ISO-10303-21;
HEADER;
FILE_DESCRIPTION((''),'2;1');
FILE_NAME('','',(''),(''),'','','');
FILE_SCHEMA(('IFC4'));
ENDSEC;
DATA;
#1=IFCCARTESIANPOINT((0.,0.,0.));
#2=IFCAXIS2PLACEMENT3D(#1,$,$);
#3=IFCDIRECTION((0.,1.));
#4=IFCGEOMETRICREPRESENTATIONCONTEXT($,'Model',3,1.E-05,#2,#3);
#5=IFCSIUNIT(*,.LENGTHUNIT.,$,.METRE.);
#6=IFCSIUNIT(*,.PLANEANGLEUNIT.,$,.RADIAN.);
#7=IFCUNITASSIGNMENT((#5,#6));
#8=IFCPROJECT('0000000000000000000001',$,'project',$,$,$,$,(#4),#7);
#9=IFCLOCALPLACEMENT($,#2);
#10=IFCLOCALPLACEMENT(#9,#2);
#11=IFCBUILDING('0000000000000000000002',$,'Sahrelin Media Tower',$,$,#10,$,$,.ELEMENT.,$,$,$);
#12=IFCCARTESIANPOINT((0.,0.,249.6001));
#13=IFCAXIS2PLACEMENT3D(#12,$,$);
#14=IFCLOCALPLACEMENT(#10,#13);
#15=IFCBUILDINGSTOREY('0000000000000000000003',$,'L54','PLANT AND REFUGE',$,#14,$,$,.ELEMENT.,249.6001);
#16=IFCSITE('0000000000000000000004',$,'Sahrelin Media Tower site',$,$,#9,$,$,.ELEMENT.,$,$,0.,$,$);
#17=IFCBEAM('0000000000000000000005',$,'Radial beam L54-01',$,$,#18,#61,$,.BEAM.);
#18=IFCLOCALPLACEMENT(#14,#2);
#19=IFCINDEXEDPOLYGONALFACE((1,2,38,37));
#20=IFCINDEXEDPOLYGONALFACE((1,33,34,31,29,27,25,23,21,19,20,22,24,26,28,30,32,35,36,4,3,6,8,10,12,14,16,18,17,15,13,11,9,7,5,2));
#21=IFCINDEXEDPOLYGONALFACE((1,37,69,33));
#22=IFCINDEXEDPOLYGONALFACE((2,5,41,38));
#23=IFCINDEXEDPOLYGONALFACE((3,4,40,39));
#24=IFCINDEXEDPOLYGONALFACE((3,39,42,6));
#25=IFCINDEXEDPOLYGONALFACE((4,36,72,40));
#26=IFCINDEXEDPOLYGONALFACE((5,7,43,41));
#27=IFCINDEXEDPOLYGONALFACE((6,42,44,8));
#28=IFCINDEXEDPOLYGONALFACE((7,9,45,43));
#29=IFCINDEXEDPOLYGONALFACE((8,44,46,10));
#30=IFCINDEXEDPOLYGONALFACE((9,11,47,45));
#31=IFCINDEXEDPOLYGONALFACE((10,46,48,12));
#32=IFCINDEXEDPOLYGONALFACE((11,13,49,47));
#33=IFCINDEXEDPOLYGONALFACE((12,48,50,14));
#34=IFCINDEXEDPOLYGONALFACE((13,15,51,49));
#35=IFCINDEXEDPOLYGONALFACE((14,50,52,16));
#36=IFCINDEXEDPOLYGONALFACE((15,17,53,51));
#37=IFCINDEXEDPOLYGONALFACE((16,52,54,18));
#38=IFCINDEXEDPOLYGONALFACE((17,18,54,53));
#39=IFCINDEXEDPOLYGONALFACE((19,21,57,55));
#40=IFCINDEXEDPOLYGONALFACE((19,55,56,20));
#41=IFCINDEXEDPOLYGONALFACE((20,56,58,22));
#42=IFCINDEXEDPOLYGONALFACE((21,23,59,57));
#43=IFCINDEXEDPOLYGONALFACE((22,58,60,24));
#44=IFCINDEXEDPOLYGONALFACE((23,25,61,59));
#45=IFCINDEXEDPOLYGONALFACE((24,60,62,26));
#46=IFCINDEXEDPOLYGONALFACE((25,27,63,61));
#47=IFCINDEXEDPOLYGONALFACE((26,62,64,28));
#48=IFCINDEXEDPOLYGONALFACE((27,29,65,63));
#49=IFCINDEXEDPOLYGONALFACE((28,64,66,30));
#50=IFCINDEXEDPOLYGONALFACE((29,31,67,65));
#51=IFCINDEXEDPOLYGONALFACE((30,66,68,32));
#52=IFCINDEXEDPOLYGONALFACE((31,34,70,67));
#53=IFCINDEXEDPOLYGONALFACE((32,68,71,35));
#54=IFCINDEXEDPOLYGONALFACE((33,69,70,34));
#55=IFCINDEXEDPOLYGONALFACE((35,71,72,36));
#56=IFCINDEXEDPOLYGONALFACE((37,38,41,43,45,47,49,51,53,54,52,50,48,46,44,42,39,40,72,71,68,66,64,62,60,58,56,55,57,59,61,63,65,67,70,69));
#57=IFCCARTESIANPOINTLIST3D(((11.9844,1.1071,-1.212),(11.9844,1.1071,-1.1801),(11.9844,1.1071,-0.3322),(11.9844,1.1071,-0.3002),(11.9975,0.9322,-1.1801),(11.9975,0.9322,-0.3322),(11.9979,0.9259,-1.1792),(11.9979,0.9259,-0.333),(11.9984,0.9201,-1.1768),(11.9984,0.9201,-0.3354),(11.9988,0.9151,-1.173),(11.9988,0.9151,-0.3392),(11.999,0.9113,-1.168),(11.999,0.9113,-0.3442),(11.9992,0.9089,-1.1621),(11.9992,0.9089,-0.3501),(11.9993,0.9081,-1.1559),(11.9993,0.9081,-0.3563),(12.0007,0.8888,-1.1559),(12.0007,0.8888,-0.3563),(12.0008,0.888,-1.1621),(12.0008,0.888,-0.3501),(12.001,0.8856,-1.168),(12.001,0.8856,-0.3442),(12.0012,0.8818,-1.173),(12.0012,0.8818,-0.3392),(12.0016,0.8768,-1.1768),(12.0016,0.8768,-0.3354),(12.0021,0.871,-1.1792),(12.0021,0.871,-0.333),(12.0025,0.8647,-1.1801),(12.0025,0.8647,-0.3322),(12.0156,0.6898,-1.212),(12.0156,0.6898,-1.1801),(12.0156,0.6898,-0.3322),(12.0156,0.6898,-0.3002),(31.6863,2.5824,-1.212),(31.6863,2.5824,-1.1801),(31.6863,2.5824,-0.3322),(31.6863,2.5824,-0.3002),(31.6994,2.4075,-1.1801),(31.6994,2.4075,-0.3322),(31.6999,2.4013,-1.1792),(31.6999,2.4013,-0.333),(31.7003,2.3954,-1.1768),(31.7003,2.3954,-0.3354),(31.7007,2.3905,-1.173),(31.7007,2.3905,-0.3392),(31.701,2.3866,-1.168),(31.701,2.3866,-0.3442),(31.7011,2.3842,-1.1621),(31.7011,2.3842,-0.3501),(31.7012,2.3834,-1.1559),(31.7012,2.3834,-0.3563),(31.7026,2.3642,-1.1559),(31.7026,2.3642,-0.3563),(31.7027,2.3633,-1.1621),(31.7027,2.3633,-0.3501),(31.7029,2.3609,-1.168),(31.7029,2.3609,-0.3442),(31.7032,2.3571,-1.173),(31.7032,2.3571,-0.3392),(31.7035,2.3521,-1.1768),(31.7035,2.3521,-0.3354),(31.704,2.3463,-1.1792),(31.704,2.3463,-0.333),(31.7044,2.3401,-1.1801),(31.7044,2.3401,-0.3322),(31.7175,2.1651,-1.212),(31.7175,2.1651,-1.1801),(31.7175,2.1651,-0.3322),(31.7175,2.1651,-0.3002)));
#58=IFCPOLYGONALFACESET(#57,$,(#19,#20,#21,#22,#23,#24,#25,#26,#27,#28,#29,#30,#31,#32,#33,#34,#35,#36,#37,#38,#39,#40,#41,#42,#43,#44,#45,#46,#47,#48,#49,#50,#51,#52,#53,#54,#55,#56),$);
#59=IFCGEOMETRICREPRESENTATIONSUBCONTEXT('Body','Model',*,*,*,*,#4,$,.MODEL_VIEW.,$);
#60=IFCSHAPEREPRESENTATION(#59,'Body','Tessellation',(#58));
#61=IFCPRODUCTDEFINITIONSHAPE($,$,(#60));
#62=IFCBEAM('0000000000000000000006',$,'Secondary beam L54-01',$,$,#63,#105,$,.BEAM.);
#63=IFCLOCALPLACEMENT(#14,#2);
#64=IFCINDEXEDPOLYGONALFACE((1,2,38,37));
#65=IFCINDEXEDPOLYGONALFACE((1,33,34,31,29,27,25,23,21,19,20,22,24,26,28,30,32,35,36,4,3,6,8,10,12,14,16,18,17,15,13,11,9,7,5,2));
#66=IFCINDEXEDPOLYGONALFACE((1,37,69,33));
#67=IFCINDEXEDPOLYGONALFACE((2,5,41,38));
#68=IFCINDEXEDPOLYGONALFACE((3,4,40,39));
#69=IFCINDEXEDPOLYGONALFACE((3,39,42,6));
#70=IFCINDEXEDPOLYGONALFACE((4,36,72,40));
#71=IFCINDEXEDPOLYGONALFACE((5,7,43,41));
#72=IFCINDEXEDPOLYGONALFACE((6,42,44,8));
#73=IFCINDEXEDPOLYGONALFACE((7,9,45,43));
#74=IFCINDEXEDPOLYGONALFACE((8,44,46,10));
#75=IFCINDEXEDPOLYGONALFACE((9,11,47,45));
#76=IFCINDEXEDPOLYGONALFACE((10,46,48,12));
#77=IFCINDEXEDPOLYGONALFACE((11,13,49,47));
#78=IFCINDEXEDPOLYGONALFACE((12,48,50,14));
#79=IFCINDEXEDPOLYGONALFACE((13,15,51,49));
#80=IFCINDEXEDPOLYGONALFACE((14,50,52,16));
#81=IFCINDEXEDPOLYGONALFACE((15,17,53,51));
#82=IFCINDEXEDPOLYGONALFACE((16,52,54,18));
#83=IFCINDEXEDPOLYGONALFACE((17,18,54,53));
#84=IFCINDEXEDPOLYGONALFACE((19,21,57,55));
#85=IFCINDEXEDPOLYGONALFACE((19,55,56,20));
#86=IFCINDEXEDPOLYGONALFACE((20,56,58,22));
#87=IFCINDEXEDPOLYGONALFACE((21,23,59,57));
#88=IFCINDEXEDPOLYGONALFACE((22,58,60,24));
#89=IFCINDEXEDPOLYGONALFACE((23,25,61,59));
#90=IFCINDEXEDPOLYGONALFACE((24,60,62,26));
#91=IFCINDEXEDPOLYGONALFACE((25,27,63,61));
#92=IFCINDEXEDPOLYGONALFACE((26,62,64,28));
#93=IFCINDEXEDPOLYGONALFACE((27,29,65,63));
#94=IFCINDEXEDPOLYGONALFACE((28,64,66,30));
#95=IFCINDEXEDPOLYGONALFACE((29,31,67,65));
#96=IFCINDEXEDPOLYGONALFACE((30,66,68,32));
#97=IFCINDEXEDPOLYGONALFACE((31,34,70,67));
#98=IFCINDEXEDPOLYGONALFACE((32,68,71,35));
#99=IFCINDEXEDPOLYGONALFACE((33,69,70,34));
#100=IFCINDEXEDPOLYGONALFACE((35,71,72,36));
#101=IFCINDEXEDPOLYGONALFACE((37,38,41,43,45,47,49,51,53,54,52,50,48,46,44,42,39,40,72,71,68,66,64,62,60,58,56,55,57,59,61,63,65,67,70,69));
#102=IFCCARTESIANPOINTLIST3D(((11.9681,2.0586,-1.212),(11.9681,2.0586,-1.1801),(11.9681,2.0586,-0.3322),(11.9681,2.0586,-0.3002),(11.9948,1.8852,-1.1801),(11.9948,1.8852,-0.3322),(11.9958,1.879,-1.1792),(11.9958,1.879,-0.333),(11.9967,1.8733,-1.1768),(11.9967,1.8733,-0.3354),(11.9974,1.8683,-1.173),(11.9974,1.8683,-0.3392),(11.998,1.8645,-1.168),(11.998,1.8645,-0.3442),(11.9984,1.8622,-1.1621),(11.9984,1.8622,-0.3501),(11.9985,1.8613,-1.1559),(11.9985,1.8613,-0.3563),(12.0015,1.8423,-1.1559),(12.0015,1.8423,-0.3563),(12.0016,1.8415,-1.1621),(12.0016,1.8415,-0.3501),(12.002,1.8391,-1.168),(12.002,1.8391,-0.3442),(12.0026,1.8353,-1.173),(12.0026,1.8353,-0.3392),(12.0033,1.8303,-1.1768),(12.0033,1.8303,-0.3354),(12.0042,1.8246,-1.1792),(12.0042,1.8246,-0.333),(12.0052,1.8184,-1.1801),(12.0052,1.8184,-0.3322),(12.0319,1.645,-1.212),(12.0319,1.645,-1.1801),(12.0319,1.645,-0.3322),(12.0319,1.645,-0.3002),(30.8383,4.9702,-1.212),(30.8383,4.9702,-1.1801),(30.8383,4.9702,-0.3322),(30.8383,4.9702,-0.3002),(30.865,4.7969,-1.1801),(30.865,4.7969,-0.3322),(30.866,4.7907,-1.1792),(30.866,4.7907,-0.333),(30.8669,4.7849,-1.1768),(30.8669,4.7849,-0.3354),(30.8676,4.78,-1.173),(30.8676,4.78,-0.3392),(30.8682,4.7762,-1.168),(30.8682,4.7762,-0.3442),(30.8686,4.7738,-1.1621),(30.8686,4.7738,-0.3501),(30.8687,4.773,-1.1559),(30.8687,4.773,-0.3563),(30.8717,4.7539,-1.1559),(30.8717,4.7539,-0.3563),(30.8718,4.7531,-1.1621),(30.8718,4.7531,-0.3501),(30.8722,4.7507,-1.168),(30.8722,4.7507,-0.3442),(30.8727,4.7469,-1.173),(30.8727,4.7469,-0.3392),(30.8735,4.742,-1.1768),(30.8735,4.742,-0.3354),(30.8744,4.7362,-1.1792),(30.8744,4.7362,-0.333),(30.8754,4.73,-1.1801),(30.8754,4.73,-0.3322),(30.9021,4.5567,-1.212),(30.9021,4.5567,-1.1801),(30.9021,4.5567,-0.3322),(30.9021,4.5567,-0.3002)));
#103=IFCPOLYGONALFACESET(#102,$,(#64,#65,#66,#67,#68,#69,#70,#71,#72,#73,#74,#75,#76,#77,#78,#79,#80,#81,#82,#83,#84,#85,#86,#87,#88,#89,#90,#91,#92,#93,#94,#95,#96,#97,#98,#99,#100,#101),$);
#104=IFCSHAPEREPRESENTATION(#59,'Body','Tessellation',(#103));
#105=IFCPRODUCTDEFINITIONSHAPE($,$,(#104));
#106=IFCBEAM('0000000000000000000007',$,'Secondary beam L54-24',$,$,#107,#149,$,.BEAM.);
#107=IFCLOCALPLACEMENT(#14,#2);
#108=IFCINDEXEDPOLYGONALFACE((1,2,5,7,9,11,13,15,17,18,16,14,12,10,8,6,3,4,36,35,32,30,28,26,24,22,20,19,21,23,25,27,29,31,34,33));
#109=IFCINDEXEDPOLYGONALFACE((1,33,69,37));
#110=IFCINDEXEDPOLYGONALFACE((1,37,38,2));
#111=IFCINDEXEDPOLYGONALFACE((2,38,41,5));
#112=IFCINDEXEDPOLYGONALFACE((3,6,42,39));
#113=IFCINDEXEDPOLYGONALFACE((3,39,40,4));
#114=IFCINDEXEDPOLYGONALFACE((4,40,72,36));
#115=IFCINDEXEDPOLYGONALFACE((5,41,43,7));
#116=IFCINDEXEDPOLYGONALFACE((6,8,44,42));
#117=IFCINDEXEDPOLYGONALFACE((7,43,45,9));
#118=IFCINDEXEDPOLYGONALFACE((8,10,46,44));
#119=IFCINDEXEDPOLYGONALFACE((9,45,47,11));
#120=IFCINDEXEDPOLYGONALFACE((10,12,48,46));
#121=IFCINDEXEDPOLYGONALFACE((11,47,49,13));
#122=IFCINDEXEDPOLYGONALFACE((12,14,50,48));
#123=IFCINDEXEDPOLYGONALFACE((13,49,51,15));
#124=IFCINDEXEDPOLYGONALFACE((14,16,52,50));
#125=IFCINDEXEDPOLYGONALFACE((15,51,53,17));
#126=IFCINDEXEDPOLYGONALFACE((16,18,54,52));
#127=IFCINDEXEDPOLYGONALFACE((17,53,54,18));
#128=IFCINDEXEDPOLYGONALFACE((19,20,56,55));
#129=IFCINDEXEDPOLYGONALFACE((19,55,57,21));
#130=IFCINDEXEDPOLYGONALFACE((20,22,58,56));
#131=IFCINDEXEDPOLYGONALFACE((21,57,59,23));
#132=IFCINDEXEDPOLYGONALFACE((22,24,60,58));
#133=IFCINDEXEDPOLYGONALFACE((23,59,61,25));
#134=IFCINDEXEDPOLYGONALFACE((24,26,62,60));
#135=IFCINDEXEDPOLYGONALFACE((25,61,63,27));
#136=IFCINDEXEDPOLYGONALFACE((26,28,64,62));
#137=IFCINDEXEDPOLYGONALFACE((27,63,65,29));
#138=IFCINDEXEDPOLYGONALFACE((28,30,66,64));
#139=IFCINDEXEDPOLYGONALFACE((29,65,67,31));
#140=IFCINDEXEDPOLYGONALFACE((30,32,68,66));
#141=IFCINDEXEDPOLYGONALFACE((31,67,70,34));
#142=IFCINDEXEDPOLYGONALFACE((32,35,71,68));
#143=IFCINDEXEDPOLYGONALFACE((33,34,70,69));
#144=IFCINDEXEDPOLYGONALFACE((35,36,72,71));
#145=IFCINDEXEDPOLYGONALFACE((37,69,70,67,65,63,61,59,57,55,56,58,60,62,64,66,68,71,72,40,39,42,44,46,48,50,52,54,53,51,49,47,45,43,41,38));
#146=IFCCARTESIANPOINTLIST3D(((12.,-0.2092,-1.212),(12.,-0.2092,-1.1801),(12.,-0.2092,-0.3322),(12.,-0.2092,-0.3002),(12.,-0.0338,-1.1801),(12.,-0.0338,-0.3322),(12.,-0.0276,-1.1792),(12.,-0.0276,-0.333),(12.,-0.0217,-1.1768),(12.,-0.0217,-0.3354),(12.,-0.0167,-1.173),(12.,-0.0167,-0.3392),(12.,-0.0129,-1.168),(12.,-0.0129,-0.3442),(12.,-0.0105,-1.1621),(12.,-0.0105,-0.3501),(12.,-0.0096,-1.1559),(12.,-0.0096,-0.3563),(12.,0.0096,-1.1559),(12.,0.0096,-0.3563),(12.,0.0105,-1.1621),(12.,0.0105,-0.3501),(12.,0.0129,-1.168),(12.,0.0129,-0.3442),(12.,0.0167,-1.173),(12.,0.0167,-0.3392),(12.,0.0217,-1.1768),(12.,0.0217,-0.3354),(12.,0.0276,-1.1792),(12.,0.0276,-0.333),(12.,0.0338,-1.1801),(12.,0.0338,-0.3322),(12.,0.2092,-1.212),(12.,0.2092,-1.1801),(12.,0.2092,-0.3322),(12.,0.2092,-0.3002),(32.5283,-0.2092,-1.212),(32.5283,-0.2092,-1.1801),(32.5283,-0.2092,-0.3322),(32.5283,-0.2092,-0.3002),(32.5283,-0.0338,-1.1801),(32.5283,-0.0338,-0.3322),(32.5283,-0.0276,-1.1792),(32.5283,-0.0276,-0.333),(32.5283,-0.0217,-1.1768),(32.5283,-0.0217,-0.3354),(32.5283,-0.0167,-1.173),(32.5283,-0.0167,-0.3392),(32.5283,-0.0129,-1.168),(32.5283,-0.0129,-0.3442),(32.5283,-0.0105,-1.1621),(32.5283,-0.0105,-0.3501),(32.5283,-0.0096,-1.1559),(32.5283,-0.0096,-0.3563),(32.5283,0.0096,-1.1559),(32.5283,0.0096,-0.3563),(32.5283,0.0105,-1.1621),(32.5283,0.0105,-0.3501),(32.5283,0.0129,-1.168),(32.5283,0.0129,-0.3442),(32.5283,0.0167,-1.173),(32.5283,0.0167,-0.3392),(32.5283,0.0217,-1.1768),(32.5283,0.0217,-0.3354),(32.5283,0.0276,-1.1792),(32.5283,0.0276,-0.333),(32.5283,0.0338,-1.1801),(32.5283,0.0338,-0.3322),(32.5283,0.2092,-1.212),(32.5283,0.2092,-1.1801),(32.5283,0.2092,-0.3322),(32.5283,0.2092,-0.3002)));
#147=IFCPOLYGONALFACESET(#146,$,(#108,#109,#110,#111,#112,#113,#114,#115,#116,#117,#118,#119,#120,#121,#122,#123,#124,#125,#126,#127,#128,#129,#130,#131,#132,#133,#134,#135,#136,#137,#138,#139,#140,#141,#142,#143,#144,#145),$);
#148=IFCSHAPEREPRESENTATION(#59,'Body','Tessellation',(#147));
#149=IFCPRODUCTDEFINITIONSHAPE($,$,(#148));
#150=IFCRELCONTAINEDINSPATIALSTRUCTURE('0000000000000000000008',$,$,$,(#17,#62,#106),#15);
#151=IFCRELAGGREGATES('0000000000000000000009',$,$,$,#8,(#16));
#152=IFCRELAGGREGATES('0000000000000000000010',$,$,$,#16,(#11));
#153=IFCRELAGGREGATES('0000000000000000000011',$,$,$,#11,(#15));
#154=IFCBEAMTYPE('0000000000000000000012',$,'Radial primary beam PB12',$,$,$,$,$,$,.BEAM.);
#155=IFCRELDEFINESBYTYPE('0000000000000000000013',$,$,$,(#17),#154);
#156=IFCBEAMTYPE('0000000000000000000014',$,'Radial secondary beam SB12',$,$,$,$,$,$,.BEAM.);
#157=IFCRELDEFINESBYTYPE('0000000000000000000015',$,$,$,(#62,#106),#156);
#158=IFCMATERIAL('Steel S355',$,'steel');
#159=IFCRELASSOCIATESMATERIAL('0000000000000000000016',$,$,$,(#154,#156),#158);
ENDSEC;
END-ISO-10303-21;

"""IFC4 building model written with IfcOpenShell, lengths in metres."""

from ifc_helpers import new_model, si_unit, direction, frame, origin, origin_2d, place, context, subcontext, project, spatial, i_section, extrude, material, material_profile, profile_set, type_object, element, save


model = new_model("IFC4")

# Units and contexts
model_context = context("Model", 3, precision=1e-05, world=origin(), true_north=direction((0.0, 1.0)))
body_context = subcontext(model_context, "Body", "Model", "MODEL_VIEW")
ifc_project = project(units=[si_unit("LENGTHUNIT", "METRE"), si_unit("PLANEANGLEUNIT", "RADIAN")], contexts=[model_context])

# Site, building, storey
site_placement = place(None, origin())
site = spatial("IfcSite", under=ifc_project, at=site_placement, Name="Sahrelin Media Tower site", CompositionType="ELEMENT", RefElevation=0.0)
building_placement = place(site_placement, origin())
building = spatial("IfcBuilding", under=site, at=building_placement, Name="Sahrelin Media Tower", CompositionType="ELEMENT")
storey_placement = place(building_placement, frame((0.0, 0.0, 249.6001)))
storey = spatial("IfcBuildingStorey", under=building, at=storey_placement, Name="L54", Description="PLANT AND REFUGE", CompositionType="ELEMENT", Elevation=249.6001)

# Beams
ifc_material_1 = material(Name="Steel S355", Category="steel")
ifc_material_profile_1 = material_profile(ifc_material_1, i_section(OverallWidth=0.4185, OverallDepth=0.9119, WebThickness=0.0193, FlangeThickness=0.032, FilletRadius=0.0242, at=origin_2d()), Name="UB 914x419x343")
ifc_profile_set_1 = profile_set([ifc_material_profile_1], Name="Steel S355")
beam_type_1 = type_object("IfcBeamType", Name="Radial primary beam PB12", PredefinedType="BEAM", material=ifc_profile_set_1)
beam_1_placement = place(storey_placement, frame((12.0, 0.8984, -0.7561), z_axis=(0.997208, 0.074674, 0.0), x_axis=(-0.074674, 0.997208, 0.0)))
element("IfcBeam", 1, at=beam_1_placement, inside=storey, type_object=beam_type_1, Name="Radial beam L54-01", PredefinedType="BEAM", context=body_context, shape_type="SweptSolid", body=[
    extrude(i_section(OverallWidth=0.4185, OverallDepth=0.9119, WebThickness=0.0193, FlangeThickness=0.032, FilletRadius=0.0242, at=origin_2d()), origin(), (0.0, 0.0, 1.0), 19.7571),
])
ifc_material_profile_2 = material_profile(ifc_material_1, i_section(OverallWidth=0.4185, OverallDepth=0.9119, WebThickness=0.0193, FlangeThickness=0.032, FilletRadius=0.0242, at=origin_2d()), Name="UB 914x419x343")
ifc_profile_set_2 = profile_set([ifc_material_profile_2], Name="Steel S355")
beam_type_2 = type_object("IfcBeamType", Name="Radial secondary beam SB12", PredefinedType="BEAM", material=ifc_profile_set_2)
beam_2_placement = place(storey_placement, frame((12.0, 1.8518, -0.7561), z_axis=(0.988304, 0.152493, 0.0), x_axis=(-0.152493, 0.988304, 0.0)))
element("IfcBeam", 2, at=beam_2_placement, inside=storey, type_object=beam_type_2, Name="Secondary beam L54-01", PredefinedType="BEAM", context=body_context, shape_type="SweptSolid", body=[
    extrude(i_section(OverallWidth=0.4185, OverallDepth=0.9119, WebThickness=0.0193, FlangeThickness=0.032, FilletRadius=0.0242, at=origin_2d()), origin(), (0.0, 0.0, 1.0), 19.0935),
])
beam_3_placement = place(storey_placement, frame((12.0, 0.0, -0.7561), z_axis=(1.0, 0.0, 0.0), x_axis=(0.0, 1.0, 0.0)))
element("IfcBeam", 3, at=beam_3_placement, inside=storey, type_object=beam_type_2, Name="Secondary beam L54-24", PredefinedType="BEAM", context=body_context, shape_type="SweptSolid", body=[
    extrude(i_section(OverallWidth=0.4185, OverallDepth=0.9119, WebThickness=0.0193, FlangeThickness=0.032, FilletRadius=0.0242, at=origin_2d()), origin(), (0.0, 0.0, 1.0), 20.5283),
])

save(model, "model.ifc")
